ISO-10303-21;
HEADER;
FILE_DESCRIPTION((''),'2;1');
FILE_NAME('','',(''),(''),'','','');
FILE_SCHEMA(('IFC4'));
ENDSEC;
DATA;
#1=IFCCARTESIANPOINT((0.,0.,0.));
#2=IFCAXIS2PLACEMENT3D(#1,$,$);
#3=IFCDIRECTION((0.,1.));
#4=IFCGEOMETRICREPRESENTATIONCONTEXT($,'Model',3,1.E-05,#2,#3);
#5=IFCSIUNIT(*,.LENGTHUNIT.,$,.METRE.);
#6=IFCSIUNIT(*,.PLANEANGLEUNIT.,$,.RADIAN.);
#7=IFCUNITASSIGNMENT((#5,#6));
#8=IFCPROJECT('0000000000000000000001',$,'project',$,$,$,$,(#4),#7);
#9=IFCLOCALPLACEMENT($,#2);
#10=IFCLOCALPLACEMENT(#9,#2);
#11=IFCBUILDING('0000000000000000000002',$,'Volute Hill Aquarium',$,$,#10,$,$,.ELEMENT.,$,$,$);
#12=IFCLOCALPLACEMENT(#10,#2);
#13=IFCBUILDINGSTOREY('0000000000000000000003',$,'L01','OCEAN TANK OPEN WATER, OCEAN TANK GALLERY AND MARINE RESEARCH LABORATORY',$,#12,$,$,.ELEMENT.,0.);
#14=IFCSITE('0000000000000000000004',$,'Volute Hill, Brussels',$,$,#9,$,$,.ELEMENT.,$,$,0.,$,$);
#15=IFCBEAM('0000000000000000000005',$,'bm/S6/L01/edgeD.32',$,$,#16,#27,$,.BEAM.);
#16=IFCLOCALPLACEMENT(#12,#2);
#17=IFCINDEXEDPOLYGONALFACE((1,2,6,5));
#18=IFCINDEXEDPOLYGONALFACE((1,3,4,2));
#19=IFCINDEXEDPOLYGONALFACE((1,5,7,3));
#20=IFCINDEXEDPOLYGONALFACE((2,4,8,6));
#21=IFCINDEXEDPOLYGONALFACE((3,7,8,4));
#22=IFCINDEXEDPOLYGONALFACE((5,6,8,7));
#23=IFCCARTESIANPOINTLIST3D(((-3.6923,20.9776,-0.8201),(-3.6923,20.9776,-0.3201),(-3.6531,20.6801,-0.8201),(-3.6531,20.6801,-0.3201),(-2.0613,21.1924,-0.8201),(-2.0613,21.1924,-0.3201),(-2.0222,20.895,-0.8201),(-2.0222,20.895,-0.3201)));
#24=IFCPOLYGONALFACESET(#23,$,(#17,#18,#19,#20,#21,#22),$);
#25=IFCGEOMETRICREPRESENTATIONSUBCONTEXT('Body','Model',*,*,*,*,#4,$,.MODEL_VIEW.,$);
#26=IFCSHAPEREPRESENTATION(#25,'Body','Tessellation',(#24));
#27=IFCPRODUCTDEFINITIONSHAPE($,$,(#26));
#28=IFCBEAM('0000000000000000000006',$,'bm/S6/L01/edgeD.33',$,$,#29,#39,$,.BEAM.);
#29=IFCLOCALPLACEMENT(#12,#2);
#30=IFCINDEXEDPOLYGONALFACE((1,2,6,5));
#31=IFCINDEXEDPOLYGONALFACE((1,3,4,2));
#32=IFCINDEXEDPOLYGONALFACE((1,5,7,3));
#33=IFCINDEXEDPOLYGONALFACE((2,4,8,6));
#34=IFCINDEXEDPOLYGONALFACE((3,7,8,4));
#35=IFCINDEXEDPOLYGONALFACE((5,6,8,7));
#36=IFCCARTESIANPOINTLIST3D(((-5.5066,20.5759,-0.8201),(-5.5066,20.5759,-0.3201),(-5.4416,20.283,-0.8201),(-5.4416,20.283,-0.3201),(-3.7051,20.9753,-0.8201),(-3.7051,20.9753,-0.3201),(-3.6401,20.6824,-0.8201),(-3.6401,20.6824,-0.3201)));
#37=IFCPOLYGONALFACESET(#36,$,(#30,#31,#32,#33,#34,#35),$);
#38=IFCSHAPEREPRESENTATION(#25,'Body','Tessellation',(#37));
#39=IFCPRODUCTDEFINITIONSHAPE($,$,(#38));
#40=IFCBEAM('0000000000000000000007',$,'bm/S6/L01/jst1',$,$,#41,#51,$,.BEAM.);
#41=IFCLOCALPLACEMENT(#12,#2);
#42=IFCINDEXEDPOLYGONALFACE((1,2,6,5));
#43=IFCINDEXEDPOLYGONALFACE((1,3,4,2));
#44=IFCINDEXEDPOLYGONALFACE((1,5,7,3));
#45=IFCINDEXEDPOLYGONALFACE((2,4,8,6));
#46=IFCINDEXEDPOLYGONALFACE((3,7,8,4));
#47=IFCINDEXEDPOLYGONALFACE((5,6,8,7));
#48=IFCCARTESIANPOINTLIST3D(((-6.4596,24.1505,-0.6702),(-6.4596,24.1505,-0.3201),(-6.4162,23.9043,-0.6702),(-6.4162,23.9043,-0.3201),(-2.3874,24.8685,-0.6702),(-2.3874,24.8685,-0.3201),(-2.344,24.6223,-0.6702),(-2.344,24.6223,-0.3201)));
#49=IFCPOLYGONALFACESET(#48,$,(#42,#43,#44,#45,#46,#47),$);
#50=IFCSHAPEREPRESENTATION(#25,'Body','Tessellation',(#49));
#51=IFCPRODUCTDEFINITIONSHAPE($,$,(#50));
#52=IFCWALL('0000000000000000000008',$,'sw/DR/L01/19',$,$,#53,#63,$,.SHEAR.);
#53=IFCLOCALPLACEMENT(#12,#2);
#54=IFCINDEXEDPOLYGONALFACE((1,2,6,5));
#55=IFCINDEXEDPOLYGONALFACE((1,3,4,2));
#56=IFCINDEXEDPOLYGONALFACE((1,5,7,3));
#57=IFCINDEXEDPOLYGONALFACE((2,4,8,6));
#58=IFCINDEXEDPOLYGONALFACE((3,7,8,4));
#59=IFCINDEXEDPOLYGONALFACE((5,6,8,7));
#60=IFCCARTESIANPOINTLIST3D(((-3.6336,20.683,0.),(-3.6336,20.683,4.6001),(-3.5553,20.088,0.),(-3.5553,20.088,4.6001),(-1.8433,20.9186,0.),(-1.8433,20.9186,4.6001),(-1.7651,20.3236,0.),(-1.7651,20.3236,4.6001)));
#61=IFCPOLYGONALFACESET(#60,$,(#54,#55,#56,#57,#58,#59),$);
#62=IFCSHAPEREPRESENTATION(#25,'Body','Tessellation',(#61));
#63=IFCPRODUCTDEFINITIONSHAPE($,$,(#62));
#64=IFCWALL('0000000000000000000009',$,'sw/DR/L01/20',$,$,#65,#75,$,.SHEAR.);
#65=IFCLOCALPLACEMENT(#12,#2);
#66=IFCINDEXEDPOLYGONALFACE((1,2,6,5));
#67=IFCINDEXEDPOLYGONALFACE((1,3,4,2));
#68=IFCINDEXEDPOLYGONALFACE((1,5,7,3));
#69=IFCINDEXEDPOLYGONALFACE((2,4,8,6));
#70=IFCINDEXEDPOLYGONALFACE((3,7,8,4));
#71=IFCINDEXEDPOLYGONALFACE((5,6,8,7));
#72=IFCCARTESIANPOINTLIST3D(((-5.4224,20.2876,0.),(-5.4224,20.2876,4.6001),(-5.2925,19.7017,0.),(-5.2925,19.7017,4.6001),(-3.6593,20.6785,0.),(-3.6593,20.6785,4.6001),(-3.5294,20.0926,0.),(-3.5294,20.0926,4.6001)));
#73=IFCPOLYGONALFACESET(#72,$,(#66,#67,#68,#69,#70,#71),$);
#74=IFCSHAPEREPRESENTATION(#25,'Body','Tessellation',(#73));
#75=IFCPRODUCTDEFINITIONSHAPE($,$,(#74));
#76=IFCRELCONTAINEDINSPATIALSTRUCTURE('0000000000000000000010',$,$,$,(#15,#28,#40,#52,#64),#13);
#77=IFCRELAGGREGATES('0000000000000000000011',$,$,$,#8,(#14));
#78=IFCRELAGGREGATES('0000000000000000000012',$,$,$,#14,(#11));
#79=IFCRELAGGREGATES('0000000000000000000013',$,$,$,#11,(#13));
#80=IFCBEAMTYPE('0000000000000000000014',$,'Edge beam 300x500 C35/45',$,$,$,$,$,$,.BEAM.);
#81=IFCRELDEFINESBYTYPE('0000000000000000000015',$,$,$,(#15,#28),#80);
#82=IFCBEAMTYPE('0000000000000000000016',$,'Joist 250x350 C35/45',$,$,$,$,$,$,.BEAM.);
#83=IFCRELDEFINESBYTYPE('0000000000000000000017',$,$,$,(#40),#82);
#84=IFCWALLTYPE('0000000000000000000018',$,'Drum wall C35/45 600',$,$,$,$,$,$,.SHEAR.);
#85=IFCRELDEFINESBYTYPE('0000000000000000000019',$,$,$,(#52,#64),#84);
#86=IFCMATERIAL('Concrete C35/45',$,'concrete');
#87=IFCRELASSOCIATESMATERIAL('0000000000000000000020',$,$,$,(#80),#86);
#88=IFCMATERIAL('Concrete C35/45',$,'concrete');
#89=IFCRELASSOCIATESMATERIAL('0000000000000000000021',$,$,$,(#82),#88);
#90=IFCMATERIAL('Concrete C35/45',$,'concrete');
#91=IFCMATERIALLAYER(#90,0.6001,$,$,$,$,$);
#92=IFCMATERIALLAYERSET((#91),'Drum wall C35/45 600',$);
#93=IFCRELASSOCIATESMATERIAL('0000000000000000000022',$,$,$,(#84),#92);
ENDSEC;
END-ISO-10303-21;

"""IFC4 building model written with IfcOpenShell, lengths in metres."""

from ifc_helpers import new_model, si_unit, direction, frame, frame_2d, origin, origin_2d, place, context, subcontext, project, spatial, rectangle, extrude, material, layer, layer_set, material_profile, profile_set, type_object, element, save


model = new_model("IFC4")

# Units and contexts
model_context = context("Model", 3, precision=1e-05, world=origin(), true_north=direction((0.0, 1.0)))
body_context = subcontext(model_context, "Body", "Model", "MODEL_VIEW")
ifc_project = project(units=[si_unit("LENGTHUNIT", "METRE"), si_unit("PLANEANGLEUNIT", "RADIAN")], contexts=[model_context])

# Site, building, storey
site_placement = place(None, origin())
site = spatial("IfcSite", under=ifc_project, at=site_placement, Name="Volute Hill, Brussels", CompositionType="ELEMENT", RefElevation=0.0)
building_placement = place(site_placement, origin())
building = spatial("IfcBuilding", under=site, at=building_placement, Name="Volute Hill Aquarium", CompositionType="ELEMENT")
storey_placement = place(building_placement, origin())
storey = spatial("IfcBuildingStorey", under=building, at=storey_placement, Name="L01", Description="OCEAN TANK OPEN WATER, OCEAN TANK GALLERY AND MARINE RESEARCH LABORATORY", CompositionType="ELEMENT", Elevation=0.0)

# Beams
ifc_material_1 = material(Name="Concrete C35/45", Category="concrete")
ifc_material_profile_1 = material_profile(ifc_material_1, rectangle(XDim=0.3, YDim=0.5, at=origin_2d()), Name="RC edge beam 300x500")
ifc_profile_set_1 = profile_set([ifc_material_profile_1], Name="Concrete C35/45")
beam_type_1 = type_object("IfcBeamType", Name="Edge beam 300x500 C35/45", PredefinedType="BEAM", material=ifc_profile_set_1)
beam_1_placement = place(storey_placement, frame((-2.0417, 21.0437, -0.5701), z_axis=(-0.991434, -0.130608, 0.0), x_axis=(0.130608, -0.991434, 0.0)))
element("IfcBeam", 1, at=beam_1_placement, inside=storey, type_object=beam_type_1, Name="bm/S6/L01/edgeD.32", PredefinedType="BEAM", context=body_context, shape_type="SweptSolid", body=[
    extrude(rectangle(XDim=0.3, YDim=0.5, at=origin_2d()), origin(), (0.0, 0.0, 1.0), 1.645),
])
beam_2_placement = place(storey_placement, frame((-3.6726, 20.8289, -0.5701), z_axis=(-0.976293, -0.216454, 0.0), x_axis=(0.216454, -0.976293, 0.0)))
element("IfcBeam", 2, at=beam_2_placement, inside=storey, type_object=beam_type_1, Name="bm/S6/L01/edgeD.33", PredefinedType="BEAM", context=body_context, shape_type="SweptSolid", body=[
    extrude(rectangle(XDim=0.3, YDim=0.5, at=origin_2d()), origin(), (0.0, 0.0, 1.0), 1.8452),
])
ifc_material_2 = material(Name="Concrete C35/45", Category="concrete")
ifc_material_profile_2 = material_profile(ifc_material_2, rectangle(XDim=0.25, YDim=0.3501, at=origin_2d()), Name="RC joist 250x350")
ifc_profile_set_2 = profile_set([ifc_material_profile_2], Name="Concrete C35/45")
beam_type_2 = type_object("IfcBeamType", Name="Joist 250x350 C35/45", PredefinedType="BEAM", material=ifc_profile_set_2)
beam_3_placement = place(storey_placement, frame((-2.3657, 24.7454, -0.4951), z_axis=(-0.984809, -0.173641, 0.0), x_axis=(0.173641, -0.984809, 0.0)))
element("IfcBeam", 3, at=beam_3_placement, inside=storey, type_object=beam_type_2, Name="bm/S6/L01/jst1", PredefinedType="BEAM", context=body_context, shape_type="SweptSolid", body=[
    extrude(rectangle(XDim=0.25, YDim=0.3501, at=origin_2d()), origin(), (0.0, 0.0, 1.0), 4.135),
])

# Walls
ifc_material_3 = material(Name="Concrete C35/45", Category="concrete")
ifc_layer_1 = layer(ifc_material_3, 0.6001)
ifc_layer_set_1 = layer_set([ifc_layer_1], Name="Drum wall C35/45 600")
wall_type_1 = type_object("IfcWallType", Name="Drum wall C35/45 600", PredefinedType="SHEAR", material=ifc_layer_set_1)
wall_1_placement = place(storey_placement, frame((-1.8042, 20.6211, 0.0), z_axis=(0.0, 0.0, 1.0), x_axis=(-0.991452, -0.130472, 0.0)))
element("IfcWall", 4, at=wall_1_placement, inside=storey, type_object=wall_type_1, Name="sw/DR/L01/19", PredefinedType="SHEAR", context=body_context, shape_type="SweptSolid", body=[
    extrude(rectangle(XDim=1.8057, YDim=0.6001, at=frame_2d((0.9028, 0.0))), origin(), (0.0, 0.0, 1.0), 4.6001),
])
wall_2_placement = place(storey_placement, frame((-3.5945, 20.3855, 0.0), z_axis=(0.0, 0.0, 1.0), x_axis=(-0.976298, -0.216429, 0.0)))
element("IfcWall", 5, at=wall_2_placement, inside=storey, type_object=wall_type_1, Name="sw/DR/L01/20", PredefinedType="SHEAR", context=body_context, shape_type="SweptSolid", body=[
    extrude(rectangle(XDim=1.8059, YDim=0.6001, at=frame_2d((0.9028, 0.0))), origin(), (0.0, 0.0, 1.0), 4.6001),
])

save(model, "model.ifc")
